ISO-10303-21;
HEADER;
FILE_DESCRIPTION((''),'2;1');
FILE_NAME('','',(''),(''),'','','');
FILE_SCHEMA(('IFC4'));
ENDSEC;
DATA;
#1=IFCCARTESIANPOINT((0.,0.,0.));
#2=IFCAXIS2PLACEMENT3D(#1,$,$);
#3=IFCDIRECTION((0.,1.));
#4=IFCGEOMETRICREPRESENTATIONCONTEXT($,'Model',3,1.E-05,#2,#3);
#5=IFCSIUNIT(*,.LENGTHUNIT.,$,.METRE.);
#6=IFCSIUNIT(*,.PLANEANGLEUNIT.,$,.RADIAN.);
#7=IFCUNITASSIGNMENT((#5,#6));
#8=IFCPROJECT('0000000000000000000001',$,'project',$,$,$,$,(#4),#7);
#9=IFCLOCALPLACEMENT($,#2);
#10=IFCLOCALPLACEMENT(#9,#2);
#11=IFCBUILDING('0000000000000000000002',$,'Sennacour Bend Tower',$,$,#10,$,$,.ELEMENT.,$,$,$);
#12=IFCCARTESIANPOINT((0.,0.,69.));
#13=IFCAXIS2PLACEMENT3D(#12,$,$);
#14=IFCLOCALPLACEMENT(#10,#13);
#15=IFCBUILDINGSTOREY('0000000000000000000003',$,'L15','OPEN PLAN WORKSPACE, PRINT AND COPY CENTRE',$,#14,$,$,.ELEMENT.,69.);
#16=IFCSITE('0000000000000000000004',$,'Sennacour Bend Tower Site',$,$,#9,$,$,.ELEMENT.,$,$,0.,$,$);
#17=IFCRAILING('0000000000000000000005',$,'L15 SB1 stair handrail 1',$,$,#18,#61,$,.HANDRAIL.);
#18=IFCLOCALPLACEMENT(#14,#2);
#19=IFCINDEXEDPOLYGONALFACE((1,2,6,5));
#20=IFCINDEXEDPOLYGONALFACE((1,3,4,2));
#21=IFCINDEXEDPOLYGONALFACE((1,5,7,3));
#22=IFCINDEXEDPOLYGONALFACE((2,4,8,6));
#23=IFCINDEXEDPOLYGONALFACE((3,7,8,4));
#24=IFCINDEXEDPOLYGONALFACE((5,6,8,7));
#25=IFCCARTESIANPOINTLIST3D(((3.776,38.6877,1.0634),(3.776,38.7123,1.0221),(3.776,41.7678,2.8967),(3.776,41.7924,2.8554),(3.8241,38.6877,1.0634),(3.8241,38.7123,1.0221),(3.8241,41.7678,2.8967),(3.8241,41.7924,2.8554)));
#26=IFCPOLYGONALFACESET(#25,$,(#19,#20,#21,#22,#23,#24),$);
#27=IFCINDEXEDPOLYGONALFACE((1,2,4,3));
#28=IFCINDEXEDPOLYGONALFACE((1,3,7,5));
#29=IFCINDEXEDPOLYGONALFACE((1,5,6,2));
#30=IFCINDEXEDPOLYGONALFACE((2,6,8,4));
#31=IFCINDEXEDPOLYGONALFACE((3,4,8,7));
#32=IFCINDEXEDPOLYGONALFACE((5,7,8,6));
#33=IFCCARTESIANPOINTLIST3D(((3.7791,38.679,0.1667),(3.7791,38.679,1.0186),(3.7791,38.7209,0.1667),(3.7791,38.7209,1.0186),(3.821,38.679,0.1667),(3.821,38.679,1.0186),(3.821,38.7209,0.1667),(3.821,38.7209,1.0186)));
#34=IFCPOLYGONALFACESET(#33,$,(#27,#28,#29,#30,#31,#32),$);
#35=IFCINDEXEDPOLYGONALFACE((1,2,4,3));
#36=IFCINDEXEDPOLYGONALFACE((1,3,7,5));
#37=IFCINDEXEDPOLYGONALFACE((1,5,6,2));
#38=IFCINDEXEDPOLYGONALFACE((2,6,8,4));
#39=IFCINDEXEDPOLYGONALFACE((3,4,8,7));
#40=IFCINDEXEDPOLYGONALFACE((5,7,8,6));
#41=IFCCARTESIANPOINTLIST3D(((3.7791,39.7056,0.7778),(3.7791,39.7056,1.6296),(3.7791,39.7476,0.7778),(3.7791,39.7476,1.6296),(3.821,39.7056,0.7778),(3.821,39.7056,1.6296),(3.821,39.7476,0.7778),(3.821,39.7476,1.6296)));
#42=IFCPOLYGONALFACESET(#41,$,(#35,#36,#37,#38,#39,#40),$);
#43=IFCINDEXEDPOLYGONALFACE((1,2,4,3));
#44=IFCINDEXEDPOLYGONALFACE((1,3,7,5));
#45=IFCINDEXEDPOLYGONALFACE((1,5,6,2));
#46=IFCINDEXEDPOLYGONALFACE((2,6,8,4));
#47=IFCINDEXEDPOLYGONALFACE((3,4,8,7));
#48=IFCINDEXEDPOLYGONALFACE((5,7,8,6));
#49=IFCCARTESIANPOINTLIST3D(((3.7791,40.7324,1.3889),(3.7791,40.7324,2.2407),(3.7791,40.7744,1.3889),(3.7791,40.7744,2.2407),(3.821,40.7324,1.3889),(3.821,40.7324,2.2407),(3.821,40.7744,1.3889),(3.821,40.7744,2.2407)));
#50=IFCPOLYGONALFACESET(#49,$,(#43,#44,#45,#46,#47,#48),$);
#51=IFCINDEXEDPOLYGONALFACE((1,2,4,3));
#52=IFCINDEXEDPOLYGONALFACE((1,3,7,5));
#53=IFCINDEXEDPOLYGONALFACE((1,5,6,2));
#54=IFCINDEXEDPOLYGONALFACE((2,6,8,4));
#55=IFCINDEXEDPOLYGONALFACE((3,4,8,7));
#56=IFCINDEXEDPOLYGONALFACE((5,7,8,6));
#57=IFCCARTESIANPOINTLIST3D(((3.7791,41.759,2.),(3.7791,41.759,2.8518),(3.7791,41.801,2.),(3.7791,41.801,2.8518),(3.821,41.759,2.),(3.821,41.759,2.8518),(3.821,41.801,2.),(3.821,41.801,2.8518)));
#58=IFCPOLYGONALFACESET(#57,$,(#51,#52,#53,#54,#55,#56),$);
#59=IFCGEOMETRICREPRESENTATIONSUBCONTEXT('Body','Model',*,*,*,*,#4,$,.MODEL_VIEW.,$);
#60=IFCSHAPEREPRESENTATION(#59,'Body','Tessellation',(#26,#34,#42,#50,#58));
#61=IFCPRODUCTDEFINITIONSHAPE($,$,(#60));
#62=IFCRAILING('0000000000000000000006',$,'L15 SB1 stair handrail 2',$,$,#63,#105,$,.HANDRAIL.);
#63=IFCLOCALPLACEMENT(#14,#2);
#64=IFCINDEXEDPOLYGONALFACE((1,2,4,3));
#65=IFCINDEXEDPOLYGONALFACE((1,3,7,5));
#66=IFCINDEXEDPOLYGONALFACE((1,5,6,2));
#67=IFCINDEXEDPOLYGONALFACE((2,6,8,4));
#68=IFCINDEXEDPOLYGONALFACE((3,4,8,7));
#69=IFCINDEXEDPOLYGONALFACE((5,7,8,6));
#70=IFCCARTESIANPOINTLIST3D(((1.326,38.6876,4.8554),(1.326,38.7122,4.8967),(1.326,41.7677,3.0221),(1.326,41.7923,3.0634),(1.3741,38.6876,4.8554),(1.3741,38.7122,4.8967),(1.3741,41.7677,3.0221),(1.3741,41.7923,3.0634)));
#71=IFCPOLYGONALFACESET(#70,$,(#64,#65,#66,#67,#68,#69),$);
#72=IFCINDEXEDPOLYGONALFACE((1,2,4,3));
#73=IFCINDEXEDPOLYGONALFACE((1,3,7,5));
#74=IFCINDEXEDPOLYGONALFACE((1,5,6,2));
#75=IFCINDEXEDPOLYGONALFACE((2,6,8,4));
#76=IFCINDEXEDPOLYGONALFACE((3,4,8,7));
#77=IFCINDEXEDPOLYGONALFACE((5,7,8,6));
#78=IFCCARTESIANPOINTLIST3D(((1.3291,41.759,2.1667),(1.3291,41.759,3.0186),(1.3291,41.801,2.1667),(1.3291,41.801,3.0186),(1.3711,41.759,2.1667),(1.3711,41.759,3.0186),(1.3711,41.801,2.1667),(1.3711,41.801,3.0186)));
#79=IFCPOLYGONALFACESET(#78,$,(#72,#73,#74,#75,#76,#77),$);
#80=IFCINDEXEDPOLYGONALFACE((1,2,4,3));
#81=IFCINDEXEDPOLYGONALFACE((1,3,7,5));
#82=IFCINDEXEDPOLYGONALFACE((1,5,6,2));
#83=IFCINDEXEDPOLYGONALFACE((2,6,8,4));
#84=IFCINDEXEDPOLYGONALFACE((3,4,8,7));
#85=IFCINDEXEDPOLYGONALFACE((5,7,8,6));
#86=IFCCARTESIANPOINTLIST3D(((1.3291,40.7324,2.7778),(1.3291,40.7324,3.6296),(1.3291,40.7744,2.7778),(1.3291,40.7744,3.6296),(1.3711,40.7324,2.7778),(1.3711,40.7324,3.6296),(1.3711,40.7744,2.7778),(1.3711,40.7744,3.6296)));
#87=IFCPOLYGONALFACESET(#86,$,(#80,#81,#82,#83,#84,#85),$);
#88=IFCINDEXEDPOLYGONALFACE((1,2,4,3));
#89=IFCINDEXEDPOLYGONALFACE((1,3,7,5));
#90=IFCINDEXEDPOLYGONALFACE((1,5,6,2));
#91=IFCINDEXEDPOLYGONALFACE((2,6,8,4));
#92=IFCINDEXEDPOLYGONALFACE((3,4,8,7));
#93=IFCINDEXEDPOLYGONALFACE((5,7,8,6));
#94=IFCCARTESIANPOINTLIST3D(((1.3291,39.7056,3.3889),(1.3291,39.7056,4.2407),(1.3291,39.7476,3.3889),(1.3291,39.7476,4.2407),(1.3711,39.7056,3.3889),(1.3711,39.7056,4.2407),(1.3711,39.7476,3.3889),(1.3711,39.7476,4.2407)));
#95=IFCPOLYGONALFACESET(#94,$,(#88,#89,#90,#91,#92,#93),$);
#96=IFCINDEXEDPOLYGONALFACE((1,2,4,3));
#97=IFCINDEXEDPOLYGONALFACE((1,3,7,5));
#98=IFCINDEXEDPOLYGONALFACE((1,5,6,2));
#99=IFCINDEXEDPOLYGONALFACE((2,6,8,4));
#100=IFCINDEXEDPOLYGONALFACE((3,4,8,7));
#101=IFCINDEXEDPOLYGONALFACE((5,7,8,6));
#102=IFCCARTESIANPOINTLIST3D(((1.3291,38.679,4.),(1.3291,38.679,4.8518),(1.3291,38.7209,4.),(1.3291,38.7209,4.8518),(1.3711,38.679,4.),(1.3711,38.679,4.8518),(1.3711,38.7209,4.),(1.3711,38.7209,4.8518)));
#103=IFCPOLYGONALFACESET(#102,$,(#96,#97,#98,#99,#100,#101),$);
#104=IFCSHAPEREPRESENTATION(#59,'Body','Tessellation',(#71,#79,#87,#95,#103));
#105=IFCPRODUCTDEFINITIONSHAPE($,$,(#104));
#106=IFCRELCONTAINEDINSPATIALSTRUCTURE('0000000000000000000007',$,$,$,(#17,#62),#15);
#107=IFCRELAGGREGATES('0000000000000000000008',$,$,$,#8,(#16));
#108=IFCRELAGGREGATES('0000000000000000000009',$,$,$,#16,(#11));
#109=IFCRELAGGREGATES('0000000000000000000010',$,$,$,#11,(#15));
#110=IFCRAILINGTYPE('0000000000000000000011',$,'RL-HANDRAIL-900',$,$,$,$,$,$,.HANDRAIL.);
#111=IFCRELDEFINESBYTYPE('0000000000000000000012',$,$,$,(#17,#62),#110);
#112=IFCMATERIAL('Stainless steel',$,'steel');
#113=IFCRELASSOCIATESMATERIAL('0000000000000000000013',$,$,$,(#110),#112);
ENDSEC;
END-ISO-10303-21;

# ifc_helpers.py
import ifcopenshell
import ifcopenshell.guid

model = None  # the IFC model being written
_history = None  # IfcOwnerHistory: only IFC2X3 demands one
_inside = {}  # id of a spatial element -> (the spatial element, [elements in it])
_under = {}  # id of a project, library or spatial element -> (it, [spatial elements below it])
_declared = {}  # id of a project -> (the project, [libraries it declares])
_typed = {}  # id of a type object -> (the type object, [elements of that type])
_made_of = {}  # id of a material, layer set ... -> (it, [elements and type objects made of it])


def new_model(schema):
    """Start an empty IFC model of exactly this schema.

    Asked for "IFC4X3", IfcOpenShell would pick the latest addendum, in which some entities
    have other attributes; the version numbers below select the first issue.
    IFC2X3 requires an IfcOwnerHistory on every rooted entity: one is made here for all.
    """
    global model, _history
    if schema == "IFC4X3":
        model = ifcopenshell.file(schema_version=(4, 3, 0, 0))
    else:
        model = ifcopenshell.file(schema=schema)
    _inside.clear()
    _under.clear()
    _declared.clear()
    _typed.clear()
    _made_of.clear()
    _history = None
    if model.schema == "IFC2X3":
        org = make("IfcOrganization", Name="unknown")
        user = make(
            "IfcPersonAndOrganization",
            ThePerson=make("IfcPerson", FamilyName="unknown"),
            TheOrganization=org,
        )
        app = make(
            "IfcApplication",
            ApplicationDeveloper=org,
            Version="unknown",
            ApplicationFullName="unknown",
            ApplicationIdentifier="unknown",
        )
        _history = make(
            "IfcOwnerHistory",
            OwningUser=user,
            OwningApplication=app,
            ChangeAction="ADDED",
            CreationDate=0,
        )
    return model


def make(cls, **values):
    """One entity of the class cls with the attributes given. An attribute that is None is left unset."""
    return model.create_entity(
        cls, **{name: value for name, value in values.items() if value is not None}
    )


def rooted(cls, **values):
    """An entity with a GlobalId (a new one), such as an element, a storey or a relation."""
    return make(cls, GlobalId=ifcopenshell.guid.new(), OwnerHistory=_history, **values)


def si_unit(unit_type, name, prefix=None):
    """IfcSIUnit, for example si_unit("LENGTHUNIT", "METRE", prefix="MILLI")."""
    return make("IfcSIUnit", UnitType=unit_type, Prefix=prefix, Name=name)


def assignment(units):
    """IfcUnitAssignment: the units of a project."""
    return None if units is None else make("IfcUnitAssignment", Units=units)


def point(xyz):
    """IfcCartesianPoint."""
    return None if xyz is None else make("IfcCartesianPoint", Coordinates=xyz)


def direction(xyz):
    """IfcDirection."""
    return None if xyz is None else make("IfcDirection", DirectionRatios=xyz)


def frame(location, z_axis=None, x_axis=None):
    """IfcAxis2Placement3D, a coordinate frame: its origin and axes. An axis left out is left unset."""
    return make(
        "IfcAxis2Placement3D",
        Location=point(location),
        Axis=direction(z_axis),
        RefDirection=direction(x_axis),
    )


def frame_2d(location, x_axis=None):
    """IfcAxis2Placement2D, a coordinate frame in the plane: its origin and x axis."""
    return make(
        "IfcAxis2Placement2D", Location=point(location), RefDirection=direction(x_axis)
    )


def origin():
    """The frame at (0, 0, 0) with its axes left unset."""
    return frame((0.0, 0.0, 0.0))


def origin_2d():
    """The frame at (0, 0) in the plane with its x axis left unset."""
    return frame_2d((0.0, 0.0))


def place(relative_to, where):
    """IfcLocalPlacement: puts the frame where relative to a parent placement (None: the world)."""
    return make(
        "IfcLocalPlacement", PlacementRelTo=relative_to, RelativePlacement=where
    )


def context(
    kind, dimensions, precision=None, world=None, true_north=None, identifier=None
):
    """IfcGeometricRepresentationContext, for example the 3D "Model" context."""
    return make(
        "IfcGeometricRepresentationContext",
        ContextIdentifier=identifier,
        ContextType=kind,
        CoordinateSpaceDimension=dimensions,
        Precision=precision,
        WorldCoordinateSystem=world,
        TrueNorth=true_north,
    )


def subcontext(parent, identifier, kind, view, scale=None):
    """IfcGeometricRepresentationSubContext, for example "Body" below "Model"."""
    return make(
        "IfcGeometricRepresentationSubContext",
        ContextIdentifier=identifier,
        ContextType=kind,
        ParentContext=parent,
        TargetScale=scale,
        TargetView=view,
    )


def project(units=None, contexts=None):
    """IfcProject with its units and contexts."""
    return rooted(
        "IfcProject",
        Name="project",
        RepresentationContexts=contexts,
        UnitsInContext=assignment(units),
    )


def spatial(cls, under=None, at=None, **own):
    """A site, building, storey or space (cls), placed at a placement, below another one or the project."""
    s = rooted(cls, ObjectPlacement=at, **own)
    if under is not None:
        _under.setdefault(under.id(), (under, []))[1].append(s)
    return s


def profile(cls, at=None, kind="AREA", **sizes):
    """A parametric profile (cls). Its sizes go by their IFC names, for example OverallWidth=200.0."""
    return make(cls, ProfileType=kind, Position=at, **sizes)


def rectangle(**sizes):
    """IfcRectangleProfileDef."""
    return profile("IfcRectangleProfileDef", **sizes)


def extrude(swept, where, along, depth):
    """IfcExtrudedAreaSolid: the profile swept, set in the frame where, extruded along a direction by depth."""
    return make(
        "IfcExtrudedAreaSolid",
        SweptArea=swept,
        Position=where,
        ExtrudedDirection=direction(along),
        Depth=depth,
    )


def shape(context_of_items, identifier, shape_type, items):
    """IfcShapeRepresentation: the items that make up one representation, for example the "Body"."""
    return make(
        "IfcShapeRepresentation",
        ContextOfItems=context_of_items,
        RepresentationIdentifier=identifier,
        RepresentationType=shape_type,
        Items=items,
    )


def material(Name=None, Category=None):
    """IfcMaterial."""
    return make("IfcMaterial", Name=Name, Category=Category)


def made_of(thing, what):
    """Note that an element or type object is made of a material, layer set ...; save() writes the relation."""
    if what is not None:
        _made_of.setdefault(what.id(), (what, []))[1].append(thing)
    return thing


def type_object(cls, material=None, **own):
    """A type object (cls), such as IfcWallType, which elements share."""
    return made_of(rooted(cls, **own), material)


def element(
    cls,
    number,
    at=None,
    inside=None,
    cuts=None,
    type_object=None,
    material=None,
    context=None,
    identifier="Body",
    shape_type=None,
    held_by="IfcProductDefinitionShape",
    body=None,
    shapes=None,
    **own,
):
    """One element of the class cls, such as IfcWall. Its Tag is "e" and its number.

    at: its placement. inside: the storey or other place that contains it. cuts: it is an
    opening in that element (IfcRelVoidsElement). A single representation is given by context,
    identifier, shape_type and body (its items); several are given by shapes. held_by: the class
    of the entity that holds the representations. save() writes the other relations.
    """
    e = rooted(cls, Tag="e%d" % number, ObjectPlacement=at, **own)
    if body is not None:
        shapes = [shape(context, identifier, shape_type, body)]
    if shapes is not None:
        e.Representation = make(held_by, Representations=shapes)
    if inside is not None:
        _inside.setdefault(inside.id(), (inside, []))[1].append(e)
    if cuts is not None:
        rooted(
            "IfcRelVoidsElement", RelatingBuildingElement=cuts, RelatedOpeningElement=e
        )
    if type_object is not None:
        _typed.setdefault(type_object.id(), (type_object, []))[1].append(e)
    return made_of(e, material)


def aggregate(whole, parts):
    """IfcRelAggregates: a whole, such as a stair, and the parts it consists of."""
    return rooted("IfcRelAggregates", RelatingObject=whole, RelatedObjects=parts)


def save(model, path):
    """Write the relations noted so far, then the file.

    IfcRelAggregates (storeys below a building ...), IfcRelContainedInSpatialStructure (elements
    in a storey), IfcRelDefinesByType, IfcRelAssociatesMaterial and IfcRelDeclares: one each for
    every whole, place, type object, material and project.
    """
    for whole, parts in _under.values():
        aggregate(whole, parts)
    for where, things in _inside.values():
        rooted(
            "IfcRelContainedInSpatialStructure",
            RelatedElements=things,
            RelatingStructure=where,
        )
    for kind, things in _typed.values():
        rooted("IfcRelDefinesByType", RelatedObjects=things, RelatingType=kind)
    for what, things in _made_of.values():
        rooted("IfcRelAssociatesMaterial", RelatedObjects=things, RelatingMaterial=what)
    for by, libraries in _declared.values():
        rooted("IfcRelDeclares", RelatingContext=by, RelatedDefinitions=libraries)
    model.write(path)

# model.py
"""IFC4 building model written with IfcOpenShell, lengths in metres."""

from ifc_helpers import new_model, si_unit, direction, frame, origin, origin_2d, place, context, subcontext, project, spatial, rectangle, extrude, material, type_object, element, save


model = new_model("IFC4")

# Units and contexts
model_context = context("Model", 3, precision=1e-05, world=origin(), true_north=direction((0.0, 1.0)))
body_context = subcontext(model_context, "Body", "Model", "MODEL_VIEW")
ifc_project = project(units=[si_unit("LENGTHUNIT", "METRE"), si_unit("PLANEANGLEUNIT", "RADIAN")], contexts=[model_context])

# Site, building, storey
site_placement = place(None, origin())
site = spatial("IfcSite", under=ifc_project, at=site_placement, Name="Sennacour Bend Tower Site", CompositionType="ELEMENT", RefElevation=0.0)
building_placement = place(site_placement, origin())
building = spatial("IfcBuilding", under=site, at=building_placement, Name="Sennacour Bend Tower", CompositionType="ELEMENT")
storey_placement = place(building_placement, frame((0.0, 0.0, 69.0)))
storey = spatial("IfcBuildingStorey", under=building, at=storey_placement, Name="L15", Description="OPEN PLAN WORKSPACE, PRINT AND COPY CENTRE", CompositionType="ELEMENT", Elevation=69.0)

# Railings
ifc_material_1 = material(Name="Stainless steel", Category="steel")
railing_type_1 = type_object("IfcRailingType", Name="RL-HANDRAIL-900", PredefinedType="HANDRAIL", material=ifc_material_1)
railing_1_placement = place(storey_placement, frame((3.8, 38.7, 0.1667)))
element("IfcRailing", 1, at=railing_1_placement, inside=storey, type_object=railing_type_1, Name="L15 SB1 stair handrail 1", PredefinedType="HANDRAIL", context=body_context, shape_type="SweptSolid", body=[
    extrude(rectangle(XDim=0.0481, YDim=0.0481, at=origin_2d()), frame((0.0, 0.0, 0.876), z_axis=(0.0, 0.859309, 0.511458), x_axis=(-1.0, 0.0, 0.0)), (0.0, 0.0, 1.0), 3.5845),
    extrude(rectangle(XDim=0.042, YDim=0.042, at=origin_2d()), origin(), (0.0, 0.0, 1.0), 0.8518),
    extrude(rectangle(XDim=0.042, YDim=0.042, at=origin_2d()), frame((0.0, 1.0266, 0.6111)), (0.0, 0.0, 1.0), 0.8518),
    extrude(rectangle(XDim=0.042, YDim=0.042, at=origin_2d()), frame((0.0, 2.0535, 1.2222)), (0.0, 0.0, 1.0), 0.8518),
    extrude(rectangle(XDim=0.042, YDim=0.042, at=origin_2d()), frame((0.0, 3.0801, 1.8333)), (0.0, 0.0, 1.0), 0.8518),
])
railing_2_placement = place(storey_placement, frame((1.3501, 41.78, 2.1667)))
element("IfcRailing", 2, at=railing_2_placement, inside=storey, type_object=railing_type_1, Name="L15 SB1 stair handrail 2", PredefinedType="HANDRAIL", context=body_context, shape_type="SweptSolid", body=[
    extrude(rectangle(XDim=0.0481, YDim=0.0481, at=origin_2d()), frame((0.0, 0.0, 0.876), z_axis=(0.0, -0.859309, 0.511458), x_axis=(1.0, 0.0, 0.0)), (0.0, 0.0, 1.0), 3.5845),
    extrude(rectangle(XDim=0.042, YDim=0.042, at=origin_2d()), origin(), (0.0, 0.0, 1.0), 0.8518),
    extrude(rectangle(XDim=0.042, YDim=0.042, at=origin_2d()), frame((0.0, -1.0266, 0.6111)), (0.0, 0.0, 1.0), 0.8518),
    extrude(rectangle(XDim=0.042, YDim=0.042, at=origin_2d()), frame((0.0, -2.0535, 1.2222)), (0.0, 0.0, 1.0), 0.8518),
    extrude(rectangle(XDim=0.042, YDim=0.042, at=origin_2d()), frame((0.0, -3.0801, 1.8333)), (0.0, 0.0, 1.0), 0.8518),
])

save(model, "model.ifc")
